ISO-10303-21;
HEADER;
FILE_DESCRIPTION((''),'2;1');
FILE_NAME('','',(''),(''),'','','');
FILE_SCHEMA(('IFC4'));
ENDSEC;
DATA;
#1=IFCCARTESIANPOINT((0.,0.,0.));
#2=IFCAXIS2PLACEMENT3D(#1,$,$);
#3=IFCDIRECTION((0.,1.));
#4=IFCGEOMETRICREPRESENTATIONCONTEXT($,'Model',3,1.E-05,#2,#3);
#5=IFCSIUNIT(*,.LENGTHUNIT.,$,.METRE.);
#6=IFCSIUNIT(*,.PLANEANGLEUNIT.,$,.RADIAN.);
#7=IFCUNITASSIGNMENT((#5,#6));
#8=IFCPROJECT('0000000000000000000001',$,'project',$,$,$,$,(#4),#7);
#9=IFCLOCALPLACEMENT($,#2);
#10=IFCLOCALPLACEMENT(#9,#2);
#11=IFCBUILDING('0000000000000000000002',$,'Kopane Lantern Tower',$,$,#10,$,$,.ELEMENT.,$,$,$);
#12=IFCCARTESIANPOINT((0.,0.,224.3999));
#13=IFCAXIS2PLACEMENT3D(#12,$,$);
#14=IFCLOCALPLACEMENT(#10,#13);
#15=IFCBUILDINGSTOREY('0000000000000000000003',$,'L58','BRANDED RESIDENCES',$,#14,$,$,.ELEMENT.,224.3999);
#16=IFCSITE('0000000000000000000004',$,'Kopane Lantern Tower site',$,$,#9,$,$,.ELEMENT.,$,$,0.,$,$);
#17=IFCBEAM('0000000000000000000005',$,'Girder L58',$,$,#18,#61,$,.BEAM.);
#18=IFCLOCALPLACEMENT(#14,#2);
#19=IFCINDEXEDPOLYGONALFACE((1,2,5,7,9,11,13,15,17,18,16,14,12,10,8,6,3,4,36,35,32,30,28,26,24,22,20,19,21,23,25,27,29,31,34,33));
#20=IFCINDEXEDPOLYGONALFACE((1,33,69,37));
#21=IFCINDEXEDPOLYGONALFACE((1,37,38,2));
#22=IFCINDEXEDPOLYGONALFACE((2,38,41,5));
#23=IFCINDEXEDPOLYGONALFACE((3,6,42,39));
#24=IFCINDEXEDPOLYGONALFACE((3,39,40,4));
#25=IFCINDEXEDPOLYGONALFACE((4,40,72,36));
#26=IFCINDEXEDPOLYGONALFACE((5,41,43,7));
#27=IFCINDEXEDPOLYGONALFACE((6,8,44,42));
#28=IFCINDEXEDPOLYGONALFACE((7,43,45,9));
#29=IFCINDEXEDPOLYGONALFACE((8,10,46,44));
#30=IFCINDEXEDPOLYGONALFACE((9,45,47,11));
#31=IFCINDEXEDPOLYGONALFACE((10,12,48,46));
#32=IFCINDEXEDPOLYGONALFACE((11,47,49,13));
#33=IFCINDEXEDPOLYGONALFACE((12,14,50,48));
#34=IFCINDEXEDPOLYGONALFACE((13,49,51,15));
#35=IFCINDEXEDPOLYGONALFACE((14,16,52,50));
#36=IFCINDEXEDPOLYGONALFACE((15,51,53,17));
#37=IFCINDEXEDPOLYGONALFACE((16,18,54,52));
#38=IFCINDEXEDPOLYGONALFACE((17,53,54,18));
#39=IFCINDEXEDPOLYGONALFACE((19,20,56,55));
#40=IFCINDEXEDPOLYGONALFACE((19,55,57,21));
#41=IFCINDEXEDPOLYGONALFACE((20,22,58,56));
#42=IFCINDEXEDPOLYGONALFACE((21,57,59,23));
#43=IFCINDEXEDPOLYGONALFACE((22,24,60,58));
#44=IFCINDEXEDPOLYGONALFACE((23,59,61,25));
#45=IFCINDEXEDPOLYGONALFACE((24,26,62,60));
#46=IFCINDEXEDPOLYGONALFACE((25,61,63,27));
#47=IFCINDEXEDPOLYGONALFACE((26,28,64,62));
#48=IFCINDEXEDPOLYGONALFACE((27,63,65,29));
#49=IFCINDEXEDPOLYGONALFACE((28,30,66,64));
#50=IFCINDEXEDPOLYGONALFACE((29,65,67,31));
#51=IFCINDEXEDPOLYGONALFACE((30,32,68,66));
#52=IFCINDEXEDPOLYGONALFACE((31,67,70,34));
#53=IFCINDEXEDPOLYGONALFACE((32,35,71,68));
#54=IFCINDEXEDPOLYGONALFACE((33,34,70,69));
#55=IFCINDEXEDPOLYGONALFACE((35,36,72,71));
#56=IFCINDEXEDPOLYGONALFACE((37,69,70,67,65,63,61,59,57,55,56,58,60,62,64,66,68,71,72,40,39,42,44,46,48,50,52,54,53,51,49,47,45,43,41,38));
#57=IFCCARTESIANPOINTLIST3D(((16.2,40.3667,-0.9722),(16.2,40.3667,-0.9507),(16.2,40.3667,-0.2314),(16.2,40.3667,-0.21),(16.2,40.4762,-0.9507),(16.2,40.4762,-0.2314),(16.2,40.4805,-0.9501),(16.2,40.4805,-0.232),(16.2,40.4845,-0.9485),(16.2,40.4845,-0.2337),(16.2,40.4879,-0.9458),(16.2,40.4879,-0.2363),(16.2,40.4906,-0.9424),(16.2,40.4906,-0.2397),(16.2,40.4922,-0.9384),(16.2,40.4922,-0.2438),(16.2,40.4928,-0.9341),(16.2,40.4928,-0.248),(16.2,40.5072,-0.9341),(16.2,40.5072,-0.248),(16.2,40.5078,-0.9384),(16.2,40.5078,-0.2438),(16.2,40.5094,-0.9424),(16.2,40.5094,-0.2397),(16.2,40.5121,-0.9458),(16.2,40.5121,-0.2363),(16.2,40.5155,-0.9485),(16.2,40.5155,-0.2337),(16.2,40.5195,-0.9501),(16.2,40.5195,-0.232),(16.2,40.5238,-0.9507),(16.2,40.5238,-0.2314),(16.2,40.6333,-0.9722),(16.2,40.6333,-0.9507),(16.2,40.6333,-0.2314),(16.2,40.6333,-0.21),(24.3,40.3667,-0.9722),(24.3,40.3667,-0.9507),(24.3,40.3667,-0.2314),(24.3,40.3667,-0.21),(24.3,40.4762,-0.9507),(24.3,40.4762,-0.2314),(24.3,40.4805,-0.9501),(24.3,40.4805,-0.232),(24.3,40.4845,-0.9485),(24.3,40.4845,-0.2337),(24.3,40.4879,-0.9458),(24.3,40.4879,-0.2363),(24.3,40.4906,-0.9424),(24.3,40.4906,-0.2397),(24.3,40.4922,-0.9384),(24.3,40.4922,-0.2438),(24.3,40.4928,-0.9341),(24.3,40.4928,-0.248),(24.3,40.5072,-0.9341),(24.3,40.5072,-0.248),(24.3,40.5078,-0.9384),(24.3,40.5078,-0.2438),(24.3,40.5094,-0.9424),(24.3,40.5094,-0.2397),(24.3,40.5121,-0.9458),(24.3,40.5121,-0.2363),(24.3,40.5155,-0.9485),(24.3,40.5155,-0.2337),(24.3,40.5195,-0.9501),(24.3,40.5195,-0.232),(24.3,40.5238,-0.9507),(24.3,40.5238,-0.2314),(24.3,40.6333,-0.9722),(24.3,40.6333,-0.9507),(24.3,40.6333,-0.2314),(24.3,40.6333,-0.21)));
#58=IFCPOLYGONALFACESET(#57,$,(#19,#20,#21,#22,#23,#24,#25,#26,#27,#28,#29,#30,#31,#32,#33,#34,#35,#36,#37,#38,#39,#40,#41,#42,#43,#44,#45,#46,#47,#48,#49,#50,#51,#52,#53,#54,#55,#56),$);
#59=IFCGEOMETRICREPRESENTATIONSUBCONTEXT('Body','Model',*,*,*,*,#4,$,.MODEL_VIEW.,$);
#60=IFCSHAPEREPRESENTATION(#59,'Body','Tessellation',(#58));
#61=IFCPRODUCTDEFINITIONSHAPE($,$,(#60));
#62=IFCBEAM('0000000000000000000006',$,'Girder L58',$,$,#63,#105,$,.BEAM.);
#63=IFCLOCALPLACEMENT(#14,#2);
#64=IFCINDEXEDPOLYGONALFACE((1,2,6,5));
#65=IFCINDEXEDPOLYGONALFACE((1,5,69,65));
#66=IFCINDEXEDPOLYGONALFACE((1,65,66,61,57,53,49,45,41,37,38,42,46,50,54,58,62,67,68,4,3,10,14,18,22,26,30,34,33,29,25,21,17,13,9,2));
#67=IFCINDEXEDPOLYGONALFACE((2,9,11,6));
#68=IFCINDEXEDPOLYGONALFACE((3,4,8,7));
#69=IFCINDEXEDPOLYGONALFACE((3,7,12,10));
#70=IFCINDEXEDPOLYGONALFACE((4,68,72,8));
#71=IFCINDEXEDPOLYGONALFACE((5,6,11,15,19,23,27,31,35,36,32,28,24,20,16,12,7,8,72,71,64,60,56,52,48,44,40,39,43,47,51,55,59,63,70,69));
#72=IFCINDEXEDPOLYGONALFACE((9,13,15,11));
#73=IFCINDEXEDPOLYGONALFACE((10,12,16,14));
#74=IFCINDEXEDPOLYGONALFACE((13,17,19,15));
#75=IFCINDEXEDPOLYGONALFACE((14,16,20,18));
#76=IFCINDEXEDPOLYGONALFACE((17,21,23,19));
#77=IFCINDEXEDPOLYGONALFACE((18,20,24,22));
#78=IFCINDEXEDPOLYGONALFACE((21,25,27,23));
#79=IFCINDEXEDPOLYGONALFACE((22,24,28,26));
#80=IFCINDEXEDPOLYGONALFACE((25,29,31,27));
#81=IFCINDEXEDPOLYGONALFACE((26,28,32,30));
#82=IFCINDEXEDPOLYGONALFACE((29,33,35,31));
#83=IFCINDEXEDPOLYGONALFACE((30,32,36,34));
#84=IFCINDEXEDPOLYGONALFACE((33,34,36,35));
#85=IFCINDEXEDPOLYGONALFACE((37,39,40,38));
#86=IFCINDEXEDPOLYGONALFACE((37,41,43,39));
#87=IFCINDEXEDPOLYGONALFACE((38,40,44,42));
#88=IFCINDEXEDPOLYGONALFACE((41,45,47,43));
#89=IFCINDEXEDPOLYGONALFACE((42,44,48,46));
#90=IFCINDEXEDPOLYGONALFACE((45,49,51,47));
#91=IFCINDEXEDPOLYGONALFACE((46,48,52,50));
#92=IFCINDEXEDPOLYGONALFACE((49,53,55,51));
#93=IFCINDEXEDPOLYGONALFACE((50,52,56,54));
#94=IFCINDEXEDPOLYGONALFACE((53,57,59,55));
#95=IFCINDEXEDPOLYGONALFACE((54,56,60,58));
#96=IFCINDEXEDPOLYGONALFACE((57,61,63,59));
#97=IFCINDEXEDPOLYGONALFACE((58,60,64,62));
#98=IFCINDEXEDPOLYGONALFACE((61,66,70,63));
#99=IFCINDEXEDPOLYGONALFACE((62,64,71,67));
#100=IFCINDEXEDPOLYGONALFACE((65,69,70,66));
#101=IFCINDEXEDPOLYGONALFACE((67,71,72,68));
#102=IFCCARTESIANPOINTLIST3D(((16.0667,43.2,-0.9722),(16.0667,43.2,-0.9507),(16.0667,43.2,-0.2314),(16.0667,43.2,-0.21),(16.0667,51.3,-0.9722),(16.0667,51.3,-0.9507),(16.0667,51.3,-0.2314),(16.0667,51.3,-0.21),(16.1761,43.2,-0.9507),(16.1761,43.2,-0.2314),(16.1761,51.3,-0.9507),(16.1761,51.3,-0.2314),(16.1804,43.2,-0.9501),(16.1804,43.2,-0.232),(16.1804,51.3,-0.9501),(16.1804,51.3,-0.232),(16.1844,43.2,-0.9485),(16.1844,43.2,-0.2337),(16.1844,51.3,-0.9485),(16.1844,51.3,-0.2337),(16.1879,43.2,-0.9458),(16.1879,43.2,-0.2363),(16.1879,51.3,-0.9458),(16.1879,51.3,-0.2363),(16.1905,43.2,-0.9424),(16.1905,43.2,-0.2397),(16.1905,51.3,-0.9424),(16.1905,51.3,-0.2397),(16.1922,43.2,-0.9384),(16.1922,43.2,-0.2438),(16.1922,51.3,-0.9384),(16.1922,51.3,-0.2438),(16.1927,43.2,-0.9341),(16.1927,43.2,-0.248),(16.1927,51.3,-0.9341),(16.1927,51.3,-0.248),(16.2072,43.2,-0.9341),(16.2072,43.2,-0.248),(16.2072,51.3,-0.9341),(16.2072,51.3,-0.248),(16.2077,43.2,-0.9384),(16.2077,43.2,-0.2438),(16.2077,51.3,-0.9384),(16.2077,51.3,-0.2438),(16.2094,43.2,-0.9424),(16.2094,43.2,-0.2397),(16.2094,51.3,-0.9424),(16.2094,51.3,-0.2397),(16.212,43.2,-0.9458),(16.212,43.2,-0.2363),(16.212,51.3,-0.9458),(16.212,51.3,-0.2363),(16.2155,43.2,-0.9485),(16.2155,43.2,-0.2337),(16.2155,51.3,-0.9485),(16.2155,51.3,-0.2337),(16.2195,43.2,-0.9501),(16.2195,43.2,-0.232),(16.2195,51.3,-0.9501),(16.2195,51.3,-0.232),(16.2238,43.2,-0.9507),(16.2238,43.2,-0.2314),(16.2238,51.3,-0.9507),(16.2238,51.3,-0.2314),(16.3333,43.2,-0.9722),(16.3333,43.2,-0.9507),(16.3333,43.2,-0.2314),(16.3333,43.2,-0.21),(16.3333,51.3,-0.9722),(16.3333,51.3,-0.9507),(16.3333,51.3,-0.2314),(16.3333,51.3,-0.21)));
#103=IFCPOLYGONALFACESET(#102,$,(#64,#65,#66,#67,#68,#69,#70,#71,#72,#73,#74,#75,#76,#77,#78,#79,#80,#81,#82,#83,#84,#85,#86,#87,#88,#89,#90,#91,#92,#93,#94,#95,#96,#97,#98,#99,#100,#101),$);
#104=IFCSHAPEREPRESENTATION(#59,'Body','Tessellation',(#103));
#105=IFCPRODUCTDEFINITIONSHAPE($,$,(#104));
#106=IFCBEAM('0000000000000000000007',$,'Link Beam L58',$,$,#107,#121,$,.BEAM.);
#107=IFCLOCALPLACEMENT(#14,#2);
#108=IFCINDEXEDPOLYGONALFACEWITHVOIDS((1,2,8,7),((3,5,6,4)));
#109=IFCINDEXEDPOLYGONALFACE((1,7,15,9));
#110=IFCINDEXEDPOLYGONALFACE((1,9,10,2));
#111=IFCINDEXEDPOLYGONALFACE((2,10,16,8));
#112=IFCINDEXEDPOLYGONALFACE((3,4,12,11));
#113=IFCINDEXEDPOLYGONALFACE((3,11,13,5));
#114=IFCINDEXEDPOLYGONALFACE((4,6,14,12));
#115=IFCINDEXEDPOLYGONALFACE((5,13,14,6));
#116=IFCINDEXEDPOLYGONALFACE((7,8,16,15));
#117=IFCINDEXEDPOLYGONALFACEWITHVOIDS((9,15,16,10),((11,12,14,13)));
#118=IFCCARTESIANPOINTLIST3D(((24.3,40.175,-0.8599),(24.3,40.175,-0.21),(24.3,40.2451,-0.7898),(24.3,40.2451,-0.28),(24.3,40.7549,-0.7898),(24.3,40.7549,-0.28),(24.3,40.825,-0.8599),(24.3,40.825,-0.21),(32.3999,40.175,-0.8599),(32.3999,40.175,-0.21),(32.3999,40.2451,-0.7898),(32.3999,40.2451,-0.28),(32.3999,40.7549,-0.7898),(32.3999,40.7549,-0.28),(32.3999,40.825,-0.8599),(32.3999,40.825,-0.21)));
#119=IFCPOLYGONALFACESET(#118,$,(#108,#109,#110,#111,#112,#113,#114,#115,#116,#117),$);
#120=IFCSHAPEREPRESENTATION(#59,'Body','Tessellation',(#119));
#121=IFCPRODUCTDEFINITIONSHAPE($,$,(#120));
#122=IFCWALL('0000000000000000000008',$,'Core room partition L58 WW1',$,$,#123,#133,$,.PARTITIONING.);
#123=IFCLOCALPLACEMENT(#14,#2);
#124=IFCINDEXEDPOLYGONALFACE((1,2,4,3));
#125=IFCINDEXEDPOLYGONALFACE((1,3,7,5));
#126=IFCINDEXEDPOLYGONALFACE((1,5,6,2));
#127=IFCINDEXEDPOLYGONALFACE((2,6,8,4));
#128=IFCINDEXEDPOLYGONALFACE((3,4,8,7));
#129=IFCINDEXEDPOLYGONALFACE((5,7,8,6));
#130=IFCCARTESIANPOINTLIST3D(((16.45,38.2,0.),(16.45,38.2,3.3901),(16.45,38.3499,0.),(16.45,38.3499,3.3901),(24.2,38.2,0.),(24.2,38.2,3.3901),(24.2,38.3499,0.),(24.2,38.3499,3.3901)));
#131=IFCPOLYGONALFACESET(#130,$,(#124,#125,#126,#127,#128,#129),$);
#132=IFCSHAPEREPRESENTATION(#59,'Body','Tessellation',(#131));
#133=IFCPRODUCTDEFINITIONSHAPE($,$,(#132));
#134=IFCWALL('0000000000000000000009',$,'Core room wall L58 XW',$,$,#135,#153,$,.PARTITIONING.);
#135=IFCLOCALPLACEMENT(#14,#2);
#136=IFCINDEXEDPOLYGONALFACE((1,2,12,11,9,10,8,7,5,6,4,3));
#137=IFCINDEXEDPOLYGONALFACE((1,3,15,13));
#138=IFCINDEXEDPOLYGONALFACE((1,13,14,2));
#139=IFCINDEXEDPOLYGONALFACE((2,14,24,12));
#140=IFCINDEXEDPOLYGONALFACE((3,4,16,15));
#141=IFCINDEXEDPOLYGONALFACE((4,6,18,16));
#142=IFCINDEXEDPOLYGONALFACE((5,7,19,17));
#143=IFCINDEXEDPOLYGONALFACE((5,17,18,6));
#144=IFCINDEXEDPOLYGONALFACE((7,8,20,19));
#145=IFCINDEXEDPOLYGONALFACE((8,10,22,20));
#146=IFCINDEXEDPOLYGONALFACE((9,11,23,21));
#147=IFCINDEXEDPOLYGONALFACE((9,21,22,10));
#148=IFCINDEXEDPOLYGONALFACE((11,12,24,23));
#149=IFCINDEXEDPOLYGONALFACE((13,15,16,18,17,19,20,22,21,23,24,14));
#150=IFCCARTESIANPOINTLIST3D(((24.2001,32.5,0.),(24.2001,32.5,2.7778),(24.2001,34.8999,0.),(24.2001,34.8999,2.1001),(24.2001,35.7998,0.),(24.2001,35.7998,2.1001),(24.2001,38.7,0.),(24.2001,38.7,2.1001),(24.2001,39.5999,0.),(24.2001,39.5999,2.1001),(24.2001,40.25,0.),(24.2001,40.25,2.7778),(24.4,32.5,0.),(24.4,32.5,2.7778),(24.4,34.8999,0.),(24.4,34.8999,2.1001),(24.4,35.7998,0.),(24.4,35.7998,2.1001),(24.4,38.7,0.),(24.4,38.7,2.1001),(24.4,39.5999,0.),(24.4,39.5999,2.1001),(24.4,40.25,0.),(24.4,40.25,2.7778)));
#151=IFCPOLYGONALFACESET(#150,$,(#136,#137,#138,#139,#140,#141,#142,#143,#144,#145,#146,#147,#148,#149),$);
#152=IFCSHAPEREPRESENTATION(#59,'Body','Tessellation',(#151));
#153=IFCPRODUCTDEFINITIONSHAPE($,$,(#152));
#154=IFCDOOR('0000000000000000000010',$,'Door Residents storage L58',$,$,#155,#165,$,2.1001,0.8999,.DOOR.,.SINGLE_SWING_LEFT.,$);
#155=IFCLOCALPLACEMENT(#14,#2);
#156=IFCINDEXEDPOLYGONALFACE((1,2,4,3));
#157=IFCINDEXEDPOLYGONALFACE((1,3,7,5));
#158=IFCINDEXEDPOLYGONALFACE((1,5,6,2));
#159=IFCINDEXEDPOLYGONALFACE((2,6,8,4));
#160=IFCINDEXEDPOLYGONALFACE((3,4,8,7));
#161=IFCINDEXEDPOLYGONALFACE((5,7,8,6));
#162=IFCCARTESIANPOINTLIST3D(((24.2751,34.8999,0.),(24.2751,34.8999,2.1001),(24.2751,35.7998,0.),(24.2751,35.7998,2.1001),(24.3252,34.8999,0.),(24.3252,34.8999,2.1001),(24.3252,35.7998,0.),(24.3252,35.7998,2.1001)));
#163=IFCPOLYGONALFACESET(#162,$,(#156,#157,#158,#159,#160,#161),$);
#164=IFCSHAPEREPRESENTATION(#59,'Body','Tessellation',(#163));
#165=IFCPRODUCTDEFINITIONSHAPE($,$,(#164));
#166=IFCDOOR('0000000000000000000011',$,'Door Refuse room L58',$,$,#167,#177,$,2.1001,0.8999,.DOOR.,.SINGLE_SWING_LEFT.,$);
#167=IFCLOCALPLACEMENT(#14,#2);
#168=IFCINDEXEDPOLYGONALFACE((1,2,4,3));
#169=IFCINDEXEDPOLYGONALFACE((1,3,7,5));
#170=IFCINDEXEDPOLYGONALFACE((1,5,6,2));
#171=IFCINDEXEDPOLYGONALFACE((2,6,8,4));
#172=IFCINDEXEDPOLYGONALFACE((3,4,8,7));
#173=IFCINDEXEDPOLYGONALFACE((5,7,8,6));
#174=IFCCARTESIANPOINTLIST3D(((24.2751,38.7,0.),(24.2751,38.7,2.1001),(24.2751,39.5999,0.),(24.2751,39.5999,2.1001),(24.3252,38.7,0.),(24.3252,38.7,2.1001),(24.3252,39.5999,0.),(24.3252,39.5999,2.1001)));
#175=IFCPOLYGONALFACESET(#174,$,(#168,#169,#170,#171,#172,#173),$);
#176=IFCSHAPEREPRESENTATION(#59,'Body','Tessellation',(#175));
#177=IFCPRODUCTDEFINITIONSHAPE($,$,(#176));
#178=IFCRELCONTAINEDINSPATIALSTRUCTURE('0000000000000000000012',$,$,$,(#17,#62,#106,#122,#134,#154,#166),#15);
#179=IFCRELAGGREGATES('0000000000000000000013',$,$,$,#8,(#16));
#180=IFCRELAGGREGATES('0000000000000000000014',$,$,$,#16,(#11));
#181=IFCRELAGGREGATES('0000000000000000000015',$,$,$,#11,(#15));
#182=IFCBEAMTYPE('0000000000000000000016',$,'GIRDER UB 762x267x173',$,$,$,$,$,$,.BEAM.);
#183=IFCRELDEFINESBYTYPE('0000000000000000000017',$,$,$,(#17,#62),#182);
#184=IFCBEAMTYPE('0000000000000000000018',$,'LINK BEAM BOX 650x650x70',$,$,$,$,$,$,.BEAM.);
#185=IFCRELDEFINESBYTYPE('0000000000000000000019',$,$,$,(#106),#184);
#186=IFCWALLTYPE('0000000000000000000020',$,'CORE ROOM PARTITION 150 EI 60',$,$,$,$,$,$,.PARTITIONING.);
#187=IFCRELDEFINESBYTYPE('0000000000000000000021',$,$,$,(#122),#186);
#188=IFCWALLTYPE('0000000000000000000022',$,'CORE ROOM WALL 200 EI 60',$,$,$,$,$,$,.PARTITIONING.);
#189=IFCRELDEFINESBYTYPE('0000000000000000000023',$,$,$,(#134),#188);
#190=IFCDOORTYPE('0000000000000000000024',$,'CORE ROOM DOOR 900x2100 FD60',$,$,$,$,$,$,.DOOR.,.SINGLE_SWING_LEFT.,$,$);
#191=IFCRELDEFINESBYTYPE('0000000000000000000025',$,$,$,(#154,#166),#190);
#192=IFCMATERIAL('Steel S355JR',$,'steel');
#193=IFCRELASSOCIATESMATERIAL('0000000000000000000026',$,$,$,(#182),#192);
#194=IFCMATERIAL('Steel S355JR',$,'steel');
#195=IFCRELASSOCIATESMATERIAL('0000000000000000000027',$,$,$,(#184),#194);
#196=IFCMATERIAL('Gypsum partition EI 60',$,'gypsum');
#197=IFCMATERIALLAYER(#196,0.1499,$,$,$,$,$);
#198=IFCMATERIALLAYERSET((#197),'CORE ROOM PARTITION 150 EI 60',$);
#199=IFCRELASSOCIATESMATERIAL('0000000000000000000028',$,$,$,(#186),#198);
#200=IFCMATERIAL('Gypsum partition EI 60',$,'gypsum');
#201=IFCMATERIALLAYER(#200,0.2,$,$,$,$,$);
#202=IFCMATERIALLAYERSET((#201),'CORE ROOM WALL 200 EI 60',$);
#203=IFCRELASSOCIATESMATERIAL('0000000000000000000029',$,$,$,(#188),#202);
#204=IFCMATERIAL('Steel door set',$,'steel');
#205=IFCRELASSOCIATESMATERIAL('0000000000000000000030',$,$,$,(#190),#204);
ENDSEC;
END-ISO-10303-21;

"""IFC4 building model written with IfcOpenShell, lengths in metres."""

from ifc_helpers import new_model, si_unit, direction, frame, frame_2d, origin, origin_2d, place, context, subcontext, project, spatial, rectangle, hollow_rectangle, i_section, extrude, material, layer, layer_set, material_profile, profile_set, type_object, element, fill, save


model = new_model("IFC4")

# Units and contexts
model_context = context("Model", 3, precision=1e-05, world=origin(), true_north=direction((0.0, 1.0)))
body_context = subcontext(model_context, "Body", "Model", "MODEL_VIEW")
ifc_project = project(units=[si_unit("LENGTHUNIT", "METRE"), si_unit("PLANEANGLEUNIT", "RADIAN")], contexts=[model_context])

# Site, building, storey
site_placement = place(None, origin())
site = spatial("IfcSite", under=ifc_project, at=site_placement, Name="Kopane Lantern Tower site", CompositionType="ELEMENT", RefElevation=0.0)
building_placement = place(site_placement, origin())
building = spatial("IfcBuilding", under=site, at=building_placement, Name="Kopane Lantern Tower", CompositionType="ELEMENT")
storey_placement = place(building_placement, frame((0.0, 0.0, 224.3999)))
storey = spatial("IfcBuildingStorey", under=building, at=storey_placement, Name="L58", Description="BRANDED RESIDENCES", CompositionType="ELEMENT", Elevation=224.3999)

# Beams
ifc_material_1 = material(Name="Steel S355JR", Category="steel")
ifc_material_profile_1 = material_profile(ifc_material_1, i_section(OverallWidth=0.2666, OverallDepth=0.7622, WebThickness=0.0144, FlangeThickness=0.0215, FilletRadius=0.0166, at=origin_2d()), Name="UB 762x267x173")
ifc_profile_set_1 = profile_set([ifc_material_profile_1], Name="Steel S355JR")
beam_type_1 = type_object("IfcBeamType", Name="GIRDER UB 762x267x173", PredefinedType="BEAM", material=ifc_profile_set_1)
for number, where, z_axis, x_axis, name in (
    (1, (16.2, 40.5, -0.5911), (1.0, 0.0, 0.0), (0.0, 1.0, 0.0), "Girder L58"),
    (2, (16.2, 43.2, -0.5911), (0.0, 1.0, 0.0), (-1.0, 0.0, 0.0), "Girder L58"),
):
    element("IfcBeam", number, at=place(storey_placement, frame(where, z_axis=z_axis, x_axis=x_axis)), inside=storey, type_object=beam_type_1, Name=name, PredefinedType="BEAM", context=body_context, shape_type="SweptSolid", body=[
        extrude(i_section(OverallWidth=0.2666, OverallDepth=0.7622, WebThickness=0.0144, FlangeThickness=0.0215, FilletRadius=0.0166, at=origin_2d()), origin(), (0.0, 0.0, 1.0), 8.1001),
    ])
ifc_material_2 = material(Name="Steel S355JR", Category="steel")
ifc_material_profile_2 = material_profile(ifc_material_2, hollow_rectangle(XDim=0.6499, YDim=0.6499, WallThickness=0.0701, at=origin_2d()), Name="BOX 650x650x70")
ifc_profile_set_2 = profile_set([ifc_material_profile_2], Name="Steel S355JR")
beam_type_2 = type_object("IfcBeamType", Name="LINK BEAM BOX 650x650x70", PredefinedType="BEAM", material=ifc_profile_set_2)
beam_placement = place(storey_placement, frame((24.3, 40.5, -0.5349), z_axis=(1.0, 0.0, 0.0), x_axis=(0.0, 1.0, 0.0)))
element("IfcBeam", 3, at=beam_placement, inside=storey, type_object=beam_type_2, Name="Link Beam L58", PredefinedType="BEAM", context=body_context, shape_type="SweptSolid", body=[
    extrude(hollow_rectangle(XDim=0.6499, YDim=0.6499, WallThickness=0.0701, at=origin_2d()), origin(), (0.0, 0.0, 1.0), 8.0999),
])

# Wall
ifc_material_3 = material(Name="Gypsum partition EI 60", Category="gypsum")
ifc_layer_1 = layer(ifc_material_3, 0.1499)
ifc_layer_set_1 = layer_set([ifc_layer_1], Name="CORE ROOM PARTITION 150 EI 60")
wall_type_1 = type_object("IfcWallType", Name="CORE ROOM PARTITION 150 EI 60", PredefinedType="PARTITIONING", material=ifc_layer_set_1)
wall_1_placement = place(storey_placement, frame((16.45, 38.2749, 0.0), z_axis=(0.0, 0.0, 1.0), x_axis=(1.0, 0.0, 0.0)))
element("IfcWall", 4, at=wall_1_placement, inside=storey, type_object=wall_type_1, Name="Core room partition L58 WW1", PredefinedType="PARTITIONING", context=body_context, shape_type="SweptSolid", body=[
    extrude(rectangle(XDim=7.75, YDim=0.1499, at=frame_2d((3.875, 0.0))), origin(), (0.0, 0.0, 1.0), 3.3901),
])

# Wall, openings, doors
ifc_material_4 = material(Name="Gypsum partition EI 60", Category="gypsum")
ifc_layer_2 = layer(ifc_material_4, 0.2)
ifc_layer_set_2 = layer_set([ifc_layer_2], Name="CORE ROOM WALL 200 EI 60")
wall_type_2 = type_object("IfcWallType", Name="CORE ROOM WALL 200 EI 60", PredefinedType="PARTITIONING", material=ifc_layer_set_2)
wall_2_placement = place(storey_placement, frame((24.3, 32.5, 0.0), z_axis=(0.0, 0.0, 1.0), x_axis=(0.0, 1.0, 0.0)))
wall_2 = element("IfcWall", 5, at=wall_2_placement, inside=storey, type_object=wall_type_2, Name="Core room wall L58 XW", PredefinedType="PARTITIONING", context=body_context, shape_type="SweptSolid", body=[
    extrude(rectangle(XDim=7.75, YDim=0.2, at=frame_2d((3.875, 0.0))), origin(), (0.0, 0.0, 1.0), 2.7778),
])
opening_1_placement = place(wall_2_placement, frame((2.3999, 0.0, 0.0)))
opening_1 = element("IfcOpeningElement", 6, at=opening_1_placement, cuts=wall_2, PredefinedType="OPENING", context=body_context, shape_type="SweptSolid", body=[
    extrude(rectangle(XDim=0.8999, YDim=2.1001, at=frame_2d((0.45, 1.05))), frame((0.0, 0.1099, 0.0), z_axis=(0.0, -1.0, 0.0), x_axis=(1.0, 0.0, 0.0)), (0.0, 0.0, 1.0), 0.22),
])
opening_2_placement = place(wall_2_placement, frame((6.2, 0.0, 0.0)))
opening_2 = element("IfcOpeningElement", 7, at=opening_2_placement, cuts=wall_2, PredefinedType="OPENING", context=body_context, shape_type="SweptSolid", body=[
    extrude(rectangle(XDim=0.8999, YDim=2.1001, at=frame_2d((0.45, 1.05))), frame((0.0, 0.1099, 0.0), z_axis=(0.0, -1.0, 0.0), x_axis=(1.0, 0.0, 0.0)), (0.0, 0.0, 1.0), 0.22),
])
ifc_material_5 = material(Name="Steel door set", Category="steel")
door_type_1 = type_object("IfcDoorType", Name="CORE ROOM DOOR 900x2100 FD60", OperationType="SINGLE_SWING_LEFT", PredefinedType="DOOR", material=ifc_material_5)
door_1_placement = place(opening_1_placement, origin())
door_1 = element("IfcDoor", 8, at=door_1_placement, inside=storey, type_object=door_type_1, Name="Door Residents storage L58", OperationType="SINGLE_SWING_LEFT", OverallHeight=2.1001, OverallWidth=0.8999, PredefinedType="DOOR", context=body_context, shape_type="SweptSolid", body=[
    extrude(rectangle(XDim=0.8999, YDim=2.1001, at=frame_2d((0.45, 1.05))), frame((0.0, 0.0249, 0.0), z_axis=(0.0, -1.0, 0.0), x_axis=(1.0, 0.0, 0.0)), (0.0, 0.0, 1.0), 0.05),
])
fill(opening_1, door_1)
door_2_placement = place(opening_2_placement, origin())
door_2 = element("IfcDoor", 9, at=door_2_placement, inside=storey, type_object=door_type_1, Name="Door Refuse room L58", OperationType="SINGLE_SWING_LEFT", OverallHeight=2.1001, OverallWidth=0.8999, PredefinedType="DOOR", context=body_context, shape_type="SweptSolid", body=[
    extrude(rectangle(XDim=0.8999, YDim=2.1001, at=frame_2d((0.45, 1.05))), frame((0.0, 0.0249, 0.0), z_axis=(0.0, -1.0, 0.0), x_axis=(1.0, 0.0, 0.0)), (0.0, 0.0, 1.0), 0.05),
])
fill(opening_2, door_2)

save(model, "model.ifc")
